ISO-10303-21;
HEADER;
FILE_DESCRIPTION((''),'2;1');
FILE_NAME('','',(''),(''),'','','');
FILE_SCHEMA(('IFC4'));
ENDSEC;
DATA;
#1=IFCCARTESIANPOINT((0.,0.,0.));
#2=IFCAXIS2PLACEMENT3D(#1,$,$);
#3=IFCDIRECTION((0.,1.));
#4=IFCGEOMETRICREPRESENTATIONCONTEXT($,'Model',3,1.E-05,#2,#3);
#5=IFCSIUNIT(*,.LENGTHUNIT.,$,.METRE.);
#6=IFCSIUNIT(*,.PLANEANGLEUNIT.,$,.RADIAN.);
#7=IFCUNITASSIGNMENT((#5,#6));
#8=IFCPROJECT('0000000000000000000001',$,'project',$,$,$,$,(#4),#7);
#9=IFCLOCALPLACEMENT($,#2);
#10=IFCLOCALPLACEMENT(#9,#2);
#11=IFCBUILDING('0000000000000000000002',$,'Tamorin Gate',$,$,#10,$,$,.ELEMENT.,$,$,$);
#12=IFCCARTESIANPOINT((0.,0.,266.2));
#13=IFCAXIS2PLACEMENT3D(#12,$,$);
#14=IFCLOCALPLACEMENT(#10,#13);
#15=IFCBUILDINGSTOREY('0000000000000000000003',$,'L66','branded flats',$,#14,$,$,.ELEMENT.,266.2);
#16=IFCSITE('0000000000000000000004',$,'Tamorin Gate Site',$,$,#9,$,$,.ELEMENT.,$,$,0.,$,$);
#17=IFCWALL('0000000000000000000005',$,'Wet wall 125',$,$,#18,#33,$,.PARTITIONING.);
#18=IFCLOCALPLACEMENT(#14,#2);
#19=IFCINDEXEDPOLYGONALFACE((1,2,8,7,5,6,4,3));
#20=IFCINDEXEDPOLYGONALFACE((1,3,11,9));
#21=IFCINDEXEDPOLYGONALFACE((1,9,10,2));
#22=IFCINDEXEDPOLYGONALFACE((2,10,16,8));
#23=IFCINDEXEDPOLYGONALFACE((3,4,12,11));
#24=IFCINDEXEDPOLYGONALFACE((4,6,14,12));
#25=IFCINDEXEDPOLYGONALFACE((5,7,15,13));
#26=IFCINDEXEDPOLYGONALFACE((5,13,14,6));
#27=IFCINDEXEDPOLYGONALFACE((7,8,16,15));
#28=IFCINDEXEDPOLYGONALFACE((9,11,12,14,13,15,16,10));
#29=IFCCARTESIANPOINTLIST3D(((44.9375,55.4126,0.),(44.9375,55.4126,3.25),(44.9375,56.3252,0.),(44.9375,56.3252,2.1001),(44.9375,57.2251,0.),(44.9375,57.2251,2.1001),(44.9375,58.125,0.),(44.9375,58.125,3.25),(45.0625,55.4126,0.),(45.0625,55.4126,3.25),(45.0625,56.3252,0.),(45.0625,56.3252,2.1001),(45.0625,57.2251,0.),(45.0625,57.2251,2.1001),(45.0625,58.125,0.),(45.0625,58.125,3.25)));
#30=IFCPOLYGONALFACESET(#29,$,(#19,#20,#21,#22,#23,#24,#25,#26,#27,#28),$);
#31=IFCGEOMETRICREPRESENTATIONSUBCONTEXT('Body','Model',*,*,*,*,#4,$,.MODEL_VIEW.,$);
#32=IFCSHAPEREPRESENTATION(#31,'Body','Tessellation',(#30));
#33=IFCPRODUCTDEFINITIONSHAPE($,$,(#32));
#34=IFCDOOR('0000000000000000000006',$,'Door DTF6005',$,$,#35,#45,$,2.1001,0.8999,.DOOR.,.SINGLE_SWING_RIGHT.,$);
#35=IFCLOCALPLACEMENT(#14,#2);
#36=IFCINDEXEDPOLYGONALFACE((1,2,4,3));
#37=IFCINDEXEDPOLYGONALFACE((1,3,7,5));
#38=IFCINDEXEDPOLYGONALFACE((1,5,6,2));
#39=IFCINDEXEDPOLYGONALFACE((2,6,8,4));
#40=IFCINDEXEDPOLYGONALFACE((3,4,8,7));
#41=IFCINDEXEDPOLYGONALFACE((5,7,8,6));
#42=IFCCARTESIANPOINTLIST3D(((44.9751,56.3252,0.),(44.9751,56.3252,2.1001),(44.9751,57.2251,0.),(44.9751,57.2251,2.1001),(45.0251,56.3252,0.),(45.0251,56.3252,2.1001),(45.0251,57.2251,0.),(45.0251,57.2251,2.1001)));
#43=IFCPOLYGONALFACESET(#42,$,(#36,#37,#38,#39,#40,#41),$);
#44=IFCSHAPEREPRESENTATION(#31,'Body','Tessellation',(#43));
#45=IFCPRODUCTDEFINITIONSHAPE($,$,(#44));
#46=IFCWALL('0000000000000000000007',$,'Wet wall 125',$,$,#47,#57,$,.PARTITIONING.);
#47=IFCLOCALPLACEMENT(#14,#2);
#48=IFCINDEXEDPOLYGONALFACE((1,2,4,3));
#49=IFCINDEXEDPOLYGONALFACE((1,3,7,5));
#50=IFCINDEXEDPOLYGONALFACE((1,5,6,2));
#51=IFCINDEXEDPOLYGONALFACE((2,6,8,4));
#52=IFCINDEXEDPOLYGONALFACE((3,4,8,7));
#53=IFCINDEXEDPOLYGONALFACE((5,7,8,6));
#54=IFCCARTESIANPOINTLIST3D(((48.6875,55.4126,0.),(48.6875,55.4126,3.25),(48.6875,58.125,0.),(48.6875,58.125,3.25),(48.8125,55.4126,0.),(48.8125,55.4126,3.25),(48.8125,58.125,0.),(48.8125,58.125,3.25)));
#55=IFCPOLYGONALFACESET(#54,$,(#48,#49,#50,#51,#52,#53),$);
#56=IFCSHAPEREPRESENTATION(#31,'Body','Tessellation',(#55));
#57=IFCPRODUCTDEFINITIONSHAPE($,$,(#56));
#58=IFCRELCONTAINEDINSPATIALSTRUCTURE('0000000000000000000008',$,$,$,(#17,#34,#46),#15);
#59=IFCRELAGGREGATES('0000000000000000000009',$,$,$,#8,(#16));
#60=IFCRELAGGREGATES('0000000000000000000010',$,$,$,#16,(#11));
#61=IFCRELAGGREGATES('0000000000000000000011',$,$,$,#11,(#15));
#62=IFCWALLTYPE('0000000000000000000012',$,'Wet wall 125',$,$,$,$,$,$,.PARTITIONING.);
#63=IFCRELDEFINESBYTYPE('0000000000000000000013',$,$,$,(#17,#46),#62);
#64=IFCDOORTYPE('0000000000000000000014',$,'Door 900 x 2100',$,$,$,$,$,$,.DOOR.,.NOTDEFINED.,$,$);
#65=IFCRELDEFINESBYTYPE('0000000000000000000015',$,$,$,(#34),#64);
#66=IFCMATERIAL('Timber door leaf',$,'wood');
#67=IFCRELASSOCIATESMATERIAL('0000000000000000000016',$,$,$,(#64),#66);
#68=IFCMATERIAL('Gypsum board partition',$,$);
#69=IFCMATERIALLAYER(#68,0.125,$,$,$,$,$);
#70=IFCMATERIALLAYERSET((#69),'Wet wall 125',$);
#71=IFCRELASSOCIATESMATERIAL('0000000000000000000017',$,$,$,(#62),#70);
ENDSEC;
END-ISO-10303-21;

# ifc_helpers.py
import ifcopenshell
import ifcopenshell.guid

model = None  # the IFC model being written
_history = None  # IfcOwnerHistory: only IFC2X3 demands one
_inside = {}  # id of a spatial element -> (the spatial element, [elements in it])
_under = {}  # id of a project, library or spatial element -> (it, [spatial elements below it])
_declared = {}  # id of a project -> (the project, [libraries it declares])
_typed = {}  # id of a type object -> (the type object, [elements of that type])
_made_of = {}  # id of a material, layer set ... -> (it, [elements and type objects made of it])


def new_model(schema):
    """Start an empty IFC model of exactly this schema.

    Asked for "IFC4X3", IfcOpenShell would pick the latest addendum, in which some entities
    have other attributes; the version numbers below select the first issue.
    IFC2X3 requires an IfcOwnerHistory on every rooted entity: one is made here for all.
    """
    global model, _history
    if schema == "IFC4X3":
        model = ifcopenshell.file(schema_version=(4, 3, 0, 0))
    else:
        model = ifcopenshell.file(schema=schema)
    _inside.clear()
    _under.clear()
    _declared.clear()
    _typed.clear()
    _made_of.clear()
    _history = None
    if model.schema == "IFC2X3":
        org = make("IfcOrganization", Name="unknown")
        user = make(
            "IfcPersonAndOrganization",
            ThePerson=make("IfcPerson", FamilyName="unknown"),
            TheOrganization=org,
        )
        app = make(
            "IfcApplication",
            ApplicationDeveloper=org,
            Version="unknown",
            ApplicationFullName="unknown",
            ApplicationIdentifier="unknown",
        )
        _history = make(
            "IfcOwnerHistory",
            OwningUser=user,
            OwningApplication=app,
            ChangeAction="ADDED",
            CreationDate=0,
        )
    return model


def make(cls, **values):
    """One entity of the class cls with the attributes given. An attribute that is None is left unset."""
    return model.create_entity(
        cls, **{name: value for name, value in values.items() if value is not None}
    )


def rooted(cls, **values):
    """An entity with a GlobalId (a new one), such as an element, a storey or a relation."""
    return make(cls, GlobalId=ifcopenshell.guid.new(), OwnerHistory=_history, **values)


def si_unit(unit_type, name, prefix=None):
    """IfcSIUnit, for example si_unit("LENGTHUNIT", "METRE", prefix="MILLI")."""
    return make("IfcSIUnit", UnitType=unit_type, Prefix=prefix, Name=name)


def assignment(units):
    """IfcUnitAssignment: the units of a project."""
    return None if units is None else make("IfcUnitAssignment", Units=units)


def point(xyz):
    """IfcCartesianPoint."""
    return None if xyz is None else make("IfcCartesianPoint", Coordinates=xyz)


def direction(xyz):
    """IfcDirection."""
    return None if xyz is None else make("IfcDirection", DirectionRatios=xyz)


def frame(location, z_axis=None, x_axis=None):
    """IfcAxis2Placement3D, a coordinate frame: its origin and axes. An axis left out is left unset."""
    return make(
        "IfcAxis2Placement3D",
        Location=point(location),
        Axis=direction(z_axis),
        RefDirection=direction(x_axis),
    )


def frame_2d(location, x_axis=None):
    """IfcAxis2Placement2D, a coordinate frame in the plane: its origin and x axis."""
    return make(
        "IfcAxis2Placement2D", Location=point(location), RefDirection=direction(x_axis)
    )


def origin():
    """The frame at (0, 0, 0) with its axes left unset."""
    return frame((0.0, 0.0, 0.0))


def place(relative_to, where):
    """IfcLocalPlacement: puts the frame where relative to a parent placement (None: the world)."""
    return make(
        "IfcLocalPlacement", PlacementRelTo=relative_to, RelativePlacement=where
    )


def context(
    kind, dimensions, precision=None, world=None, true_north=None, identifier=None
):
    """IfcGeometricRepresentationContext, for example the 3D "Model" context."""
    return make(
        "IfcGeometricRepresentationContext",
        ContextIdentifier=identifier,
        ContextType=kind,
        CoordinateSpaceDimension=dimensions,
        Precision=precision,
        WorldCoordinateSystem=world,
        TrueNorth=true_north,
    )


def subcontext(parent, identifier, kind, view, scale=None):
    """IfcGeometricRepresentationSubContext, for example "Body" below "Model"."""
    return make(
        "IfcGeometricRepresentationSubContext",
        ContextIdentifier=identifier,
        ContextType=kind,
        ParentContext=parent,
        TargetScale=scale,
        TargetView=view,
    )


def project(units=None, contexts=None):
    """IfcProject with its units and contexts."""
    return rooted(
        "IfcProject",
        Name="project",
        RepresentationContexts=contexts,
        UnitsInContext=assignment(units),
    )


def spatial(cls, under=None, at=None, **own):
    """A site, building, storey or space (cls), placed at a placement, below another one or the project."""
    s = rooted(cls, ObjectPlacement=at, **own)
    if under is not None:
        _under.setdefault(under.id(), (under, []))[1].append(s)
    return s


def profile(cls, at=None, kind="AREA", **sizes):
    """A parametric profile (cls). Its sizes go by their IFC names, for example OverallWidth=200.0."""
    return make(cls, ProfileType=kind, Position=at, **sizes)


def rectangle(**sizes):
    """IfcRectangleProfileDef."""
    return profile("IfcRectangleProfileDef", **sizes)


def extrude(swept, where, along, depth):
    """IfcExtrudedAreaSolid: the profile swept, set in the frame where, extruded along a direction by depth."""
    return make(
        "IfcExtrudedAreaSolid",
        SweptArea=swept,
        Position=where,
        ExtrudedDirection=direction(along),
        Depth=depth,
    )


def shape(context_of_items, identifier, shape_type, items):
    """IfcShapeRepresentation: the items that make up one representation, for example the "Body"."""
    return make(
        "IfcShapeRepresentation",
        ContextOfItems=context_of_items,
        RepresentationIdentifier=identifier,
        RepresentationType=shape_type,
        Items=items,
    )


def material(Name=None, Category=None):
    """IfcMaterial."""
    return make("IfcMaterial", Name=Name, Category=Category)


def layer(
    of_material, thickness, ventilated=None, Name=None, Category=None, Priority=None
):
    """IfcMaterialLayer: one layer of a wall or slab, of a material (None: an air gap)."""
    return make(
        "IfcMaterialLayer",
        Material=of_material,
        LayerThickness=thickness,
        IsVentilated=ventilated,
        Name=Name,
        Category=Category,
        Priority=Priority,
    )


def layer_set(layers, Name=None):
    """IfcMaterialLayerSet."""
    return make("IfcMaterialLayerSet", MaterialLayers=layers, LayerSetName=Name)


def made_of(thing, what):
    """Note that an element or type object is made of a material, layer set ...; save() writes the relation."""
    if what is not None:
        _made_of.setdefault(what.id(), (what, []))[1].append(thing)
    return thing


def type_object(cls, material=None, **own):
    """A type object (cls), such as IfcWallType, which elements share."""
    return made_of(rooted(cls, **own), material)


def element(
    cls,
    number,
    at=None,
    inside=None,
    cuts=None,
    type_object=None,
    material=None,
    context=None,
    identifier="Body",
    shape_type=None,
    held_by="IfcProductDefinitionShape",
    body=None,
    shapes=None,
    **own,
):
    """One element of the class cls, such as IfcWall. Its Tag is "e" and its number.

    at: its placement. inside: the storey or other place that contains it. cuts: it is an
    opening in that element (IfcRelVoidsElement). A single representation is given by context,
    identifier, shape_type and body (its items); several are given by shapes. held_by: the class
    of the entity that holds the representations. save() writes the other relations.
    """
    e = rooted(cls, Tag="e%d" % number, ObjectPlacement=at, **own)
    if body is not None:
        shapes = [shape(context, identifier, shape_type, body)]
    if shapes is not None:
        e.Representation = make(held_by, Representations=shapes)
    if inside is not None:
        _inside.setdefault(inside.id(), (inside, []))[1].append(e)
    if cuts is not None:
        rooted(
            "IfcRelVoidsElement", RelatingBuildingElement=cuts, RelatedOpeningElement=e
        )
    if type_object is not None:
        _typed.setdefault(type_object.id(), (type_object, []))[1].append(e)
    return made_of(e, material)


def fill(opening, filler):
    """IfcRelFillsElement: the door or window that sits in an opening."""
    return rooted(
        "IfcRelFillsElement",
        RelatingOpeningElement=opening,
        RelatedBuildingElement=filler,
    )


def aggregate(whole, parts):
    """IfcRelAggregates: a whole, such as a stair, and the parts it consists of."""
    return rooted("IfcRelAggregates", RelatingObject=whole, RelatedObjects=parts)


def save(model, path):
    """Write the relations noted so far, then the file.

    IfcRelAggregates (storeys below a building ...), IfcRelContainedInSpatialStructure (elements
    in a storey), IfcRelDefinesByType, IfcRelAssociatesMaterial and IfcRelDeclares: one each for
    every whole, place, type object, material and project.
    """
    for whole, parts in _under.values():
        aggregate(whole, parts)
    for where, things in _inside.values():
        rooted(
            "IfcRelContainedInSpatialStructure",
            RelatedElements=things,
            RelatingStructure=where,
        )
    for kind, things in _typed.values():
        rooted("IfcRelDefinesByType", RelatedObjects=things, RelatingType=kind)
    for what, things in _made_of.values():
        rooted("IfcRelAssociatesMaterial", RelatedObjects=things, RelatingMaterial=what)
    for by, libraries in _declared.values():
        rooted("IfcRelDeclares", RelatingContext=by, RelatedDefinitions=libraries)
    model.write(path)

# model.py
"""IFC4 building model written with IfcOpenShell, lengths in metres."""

from ifc_helpers import new_model, si_unit, direction, frame, frame_2d, origin, place, context, subcontext, project, spatial, rectangle, extrude, material, layer, layer_set, type_object, element, fill, save


model = new_model("IFC4")

# Units and contexts
model_context = context("Model", 3, precision=1e-05, world=origin(), true_north=direction((0.0, 1.0)))
body_context = subcontext(model_context, "Body", "Model", "MODEL_VIEW")
ifc_project = project(units=[si_unit("LENGTHUNIT", "METRE"), si_unit("PLANEANGLEUNIT", "RADIAN")], contexts=[model_context])

# Site, building, storey
site_placement = place(None, origin())
site = spatial("IfcSite", under=ifc_project, at=site_placement, Name="Tamorin Gate Site", CompositionType="ELEMENT", RefElevation=0.0)
building_placement = place(site_placement, origin())
building = spatial("IfcBuilding", under=site, at=building_placement, Name="Tamorin Gate", CompositionType="ELEMENT")
storey_placement = place(building_placement, frame((0.0, 0.0, 266.2)))
storey = spatial("IfcBuildingStorey", under=building, at=storey_placement, Name="L66", Description="branded flats", CompositionType="ELEMENT", Elevation=266.2)

# Shared definitions
ifc_material_1 = material(Name="Gypsum board partition")

# Shared definitions
ifc_material_2 = material(Name="Timber door leaf", Category="wood")
door_type_1 = type_object("IfcDoorType", Name="Door 900 x 2100", OperationType="NOTDEFINED", PredefinedType="DOOR", material=ifc_material_2)

# Wall, opening, door
ifc_layer_1 = layer(ifc_material_1, 0.125)
ifc_layer_set_1 = layer_set([ifc_layer_1], Name="Wet wall 125")
wall_type_1 = type_object("IfcWallType", Name="Wet wall 125", PredefinedType="PARTITIONING", material=ifc_layer_set_1)
wall_1_placement = place(storey_placement, frame((45.0, 55.4126, 0.0), z_axis=(0.0, 0.0, 1.0), x_axis=(0.0, 1.0, 0.0)))
wall_1 = element("IfcWall", 1, at=wall_1_placement, inside=storey, type_object=wall_type_1, Name="Wet wall 125", PredefinedType="PARTITIONING", context=body_context, shape_type="SweptSolid", body=[
    extrude(rectangle(XDim=2.7124, YDim=0.125, at=frame_2d((1.3562, 0.0))), origin(), (0.0, 0.0, 1.0), 3.25),
])
opening_1_placement = place(wall_1_placement, frame((0.9126, 0.0, 0.0)))
opening_1 = element("IfcOpeningElement", 2, at=opening_1_placement, cuts=wall_1, PredefinedType="OPENING", context=body_context, shape_type="SweptSolid", body=[
    extrude(rectangle(XDim=0.8999, YDim=2.1001, at=frame_2d((0.45, 1.05))), frame((0.0, 0.0725, 0.0), z_axis=(0.0, -1.0, 0.0), x_axis=(1.0, 0.0, 0.0)), (0.0, 0.0, 1.0), 0.145),
])
door_1_placement = place(opening_1_placement, origin())
door_1 = element("IfcDoor", 3, at=door_1_placement, inside=storey, type_object=door_type_1, Name="Door DTF6005", OperationType="SINGLE_SWING_RIGHT", OverallHeight=2.1001, OverallWidth=0.8999, PredefinedType="DOOR", context=body_context, shape_type="SweptSolid", body=[
    extrude(rectangle(XDim=0.8999, YDim=2.1001, at=frame_2d((0.45, 1.05))), frame((0.0, 0.0249, 0.0), z_axis=(0.0, -1.0, 0.0), x_axis=(1.0, 0.0, 0.0)), (0.0, 0.0, 1.0), 0.05),
])
fill(opening_1, door_1)

# Wall
wall_2_placement = place(storey_placement, frame((48.75, 55.4126, 0.0), z_axis=(0.0, 0.0, 1.0), x_axis=(0.0, 1.0, 0.0)))
element("IfcWall", 4, at=wall_2_placement, inside=storey, type_object=wall_type_1, Name="Wet wall 125", PredefinedType="PARTITIONING", context=body_context, shape_type="SweptSolid", body=[
    extrude(rectangle(XDim=2.7124, YDim=0.125, at=frame_2d((1.3562, 0.0))), origin(), (0.0, 0.0, 1.0), 3.25),
])

save(model, "model.ifc")
